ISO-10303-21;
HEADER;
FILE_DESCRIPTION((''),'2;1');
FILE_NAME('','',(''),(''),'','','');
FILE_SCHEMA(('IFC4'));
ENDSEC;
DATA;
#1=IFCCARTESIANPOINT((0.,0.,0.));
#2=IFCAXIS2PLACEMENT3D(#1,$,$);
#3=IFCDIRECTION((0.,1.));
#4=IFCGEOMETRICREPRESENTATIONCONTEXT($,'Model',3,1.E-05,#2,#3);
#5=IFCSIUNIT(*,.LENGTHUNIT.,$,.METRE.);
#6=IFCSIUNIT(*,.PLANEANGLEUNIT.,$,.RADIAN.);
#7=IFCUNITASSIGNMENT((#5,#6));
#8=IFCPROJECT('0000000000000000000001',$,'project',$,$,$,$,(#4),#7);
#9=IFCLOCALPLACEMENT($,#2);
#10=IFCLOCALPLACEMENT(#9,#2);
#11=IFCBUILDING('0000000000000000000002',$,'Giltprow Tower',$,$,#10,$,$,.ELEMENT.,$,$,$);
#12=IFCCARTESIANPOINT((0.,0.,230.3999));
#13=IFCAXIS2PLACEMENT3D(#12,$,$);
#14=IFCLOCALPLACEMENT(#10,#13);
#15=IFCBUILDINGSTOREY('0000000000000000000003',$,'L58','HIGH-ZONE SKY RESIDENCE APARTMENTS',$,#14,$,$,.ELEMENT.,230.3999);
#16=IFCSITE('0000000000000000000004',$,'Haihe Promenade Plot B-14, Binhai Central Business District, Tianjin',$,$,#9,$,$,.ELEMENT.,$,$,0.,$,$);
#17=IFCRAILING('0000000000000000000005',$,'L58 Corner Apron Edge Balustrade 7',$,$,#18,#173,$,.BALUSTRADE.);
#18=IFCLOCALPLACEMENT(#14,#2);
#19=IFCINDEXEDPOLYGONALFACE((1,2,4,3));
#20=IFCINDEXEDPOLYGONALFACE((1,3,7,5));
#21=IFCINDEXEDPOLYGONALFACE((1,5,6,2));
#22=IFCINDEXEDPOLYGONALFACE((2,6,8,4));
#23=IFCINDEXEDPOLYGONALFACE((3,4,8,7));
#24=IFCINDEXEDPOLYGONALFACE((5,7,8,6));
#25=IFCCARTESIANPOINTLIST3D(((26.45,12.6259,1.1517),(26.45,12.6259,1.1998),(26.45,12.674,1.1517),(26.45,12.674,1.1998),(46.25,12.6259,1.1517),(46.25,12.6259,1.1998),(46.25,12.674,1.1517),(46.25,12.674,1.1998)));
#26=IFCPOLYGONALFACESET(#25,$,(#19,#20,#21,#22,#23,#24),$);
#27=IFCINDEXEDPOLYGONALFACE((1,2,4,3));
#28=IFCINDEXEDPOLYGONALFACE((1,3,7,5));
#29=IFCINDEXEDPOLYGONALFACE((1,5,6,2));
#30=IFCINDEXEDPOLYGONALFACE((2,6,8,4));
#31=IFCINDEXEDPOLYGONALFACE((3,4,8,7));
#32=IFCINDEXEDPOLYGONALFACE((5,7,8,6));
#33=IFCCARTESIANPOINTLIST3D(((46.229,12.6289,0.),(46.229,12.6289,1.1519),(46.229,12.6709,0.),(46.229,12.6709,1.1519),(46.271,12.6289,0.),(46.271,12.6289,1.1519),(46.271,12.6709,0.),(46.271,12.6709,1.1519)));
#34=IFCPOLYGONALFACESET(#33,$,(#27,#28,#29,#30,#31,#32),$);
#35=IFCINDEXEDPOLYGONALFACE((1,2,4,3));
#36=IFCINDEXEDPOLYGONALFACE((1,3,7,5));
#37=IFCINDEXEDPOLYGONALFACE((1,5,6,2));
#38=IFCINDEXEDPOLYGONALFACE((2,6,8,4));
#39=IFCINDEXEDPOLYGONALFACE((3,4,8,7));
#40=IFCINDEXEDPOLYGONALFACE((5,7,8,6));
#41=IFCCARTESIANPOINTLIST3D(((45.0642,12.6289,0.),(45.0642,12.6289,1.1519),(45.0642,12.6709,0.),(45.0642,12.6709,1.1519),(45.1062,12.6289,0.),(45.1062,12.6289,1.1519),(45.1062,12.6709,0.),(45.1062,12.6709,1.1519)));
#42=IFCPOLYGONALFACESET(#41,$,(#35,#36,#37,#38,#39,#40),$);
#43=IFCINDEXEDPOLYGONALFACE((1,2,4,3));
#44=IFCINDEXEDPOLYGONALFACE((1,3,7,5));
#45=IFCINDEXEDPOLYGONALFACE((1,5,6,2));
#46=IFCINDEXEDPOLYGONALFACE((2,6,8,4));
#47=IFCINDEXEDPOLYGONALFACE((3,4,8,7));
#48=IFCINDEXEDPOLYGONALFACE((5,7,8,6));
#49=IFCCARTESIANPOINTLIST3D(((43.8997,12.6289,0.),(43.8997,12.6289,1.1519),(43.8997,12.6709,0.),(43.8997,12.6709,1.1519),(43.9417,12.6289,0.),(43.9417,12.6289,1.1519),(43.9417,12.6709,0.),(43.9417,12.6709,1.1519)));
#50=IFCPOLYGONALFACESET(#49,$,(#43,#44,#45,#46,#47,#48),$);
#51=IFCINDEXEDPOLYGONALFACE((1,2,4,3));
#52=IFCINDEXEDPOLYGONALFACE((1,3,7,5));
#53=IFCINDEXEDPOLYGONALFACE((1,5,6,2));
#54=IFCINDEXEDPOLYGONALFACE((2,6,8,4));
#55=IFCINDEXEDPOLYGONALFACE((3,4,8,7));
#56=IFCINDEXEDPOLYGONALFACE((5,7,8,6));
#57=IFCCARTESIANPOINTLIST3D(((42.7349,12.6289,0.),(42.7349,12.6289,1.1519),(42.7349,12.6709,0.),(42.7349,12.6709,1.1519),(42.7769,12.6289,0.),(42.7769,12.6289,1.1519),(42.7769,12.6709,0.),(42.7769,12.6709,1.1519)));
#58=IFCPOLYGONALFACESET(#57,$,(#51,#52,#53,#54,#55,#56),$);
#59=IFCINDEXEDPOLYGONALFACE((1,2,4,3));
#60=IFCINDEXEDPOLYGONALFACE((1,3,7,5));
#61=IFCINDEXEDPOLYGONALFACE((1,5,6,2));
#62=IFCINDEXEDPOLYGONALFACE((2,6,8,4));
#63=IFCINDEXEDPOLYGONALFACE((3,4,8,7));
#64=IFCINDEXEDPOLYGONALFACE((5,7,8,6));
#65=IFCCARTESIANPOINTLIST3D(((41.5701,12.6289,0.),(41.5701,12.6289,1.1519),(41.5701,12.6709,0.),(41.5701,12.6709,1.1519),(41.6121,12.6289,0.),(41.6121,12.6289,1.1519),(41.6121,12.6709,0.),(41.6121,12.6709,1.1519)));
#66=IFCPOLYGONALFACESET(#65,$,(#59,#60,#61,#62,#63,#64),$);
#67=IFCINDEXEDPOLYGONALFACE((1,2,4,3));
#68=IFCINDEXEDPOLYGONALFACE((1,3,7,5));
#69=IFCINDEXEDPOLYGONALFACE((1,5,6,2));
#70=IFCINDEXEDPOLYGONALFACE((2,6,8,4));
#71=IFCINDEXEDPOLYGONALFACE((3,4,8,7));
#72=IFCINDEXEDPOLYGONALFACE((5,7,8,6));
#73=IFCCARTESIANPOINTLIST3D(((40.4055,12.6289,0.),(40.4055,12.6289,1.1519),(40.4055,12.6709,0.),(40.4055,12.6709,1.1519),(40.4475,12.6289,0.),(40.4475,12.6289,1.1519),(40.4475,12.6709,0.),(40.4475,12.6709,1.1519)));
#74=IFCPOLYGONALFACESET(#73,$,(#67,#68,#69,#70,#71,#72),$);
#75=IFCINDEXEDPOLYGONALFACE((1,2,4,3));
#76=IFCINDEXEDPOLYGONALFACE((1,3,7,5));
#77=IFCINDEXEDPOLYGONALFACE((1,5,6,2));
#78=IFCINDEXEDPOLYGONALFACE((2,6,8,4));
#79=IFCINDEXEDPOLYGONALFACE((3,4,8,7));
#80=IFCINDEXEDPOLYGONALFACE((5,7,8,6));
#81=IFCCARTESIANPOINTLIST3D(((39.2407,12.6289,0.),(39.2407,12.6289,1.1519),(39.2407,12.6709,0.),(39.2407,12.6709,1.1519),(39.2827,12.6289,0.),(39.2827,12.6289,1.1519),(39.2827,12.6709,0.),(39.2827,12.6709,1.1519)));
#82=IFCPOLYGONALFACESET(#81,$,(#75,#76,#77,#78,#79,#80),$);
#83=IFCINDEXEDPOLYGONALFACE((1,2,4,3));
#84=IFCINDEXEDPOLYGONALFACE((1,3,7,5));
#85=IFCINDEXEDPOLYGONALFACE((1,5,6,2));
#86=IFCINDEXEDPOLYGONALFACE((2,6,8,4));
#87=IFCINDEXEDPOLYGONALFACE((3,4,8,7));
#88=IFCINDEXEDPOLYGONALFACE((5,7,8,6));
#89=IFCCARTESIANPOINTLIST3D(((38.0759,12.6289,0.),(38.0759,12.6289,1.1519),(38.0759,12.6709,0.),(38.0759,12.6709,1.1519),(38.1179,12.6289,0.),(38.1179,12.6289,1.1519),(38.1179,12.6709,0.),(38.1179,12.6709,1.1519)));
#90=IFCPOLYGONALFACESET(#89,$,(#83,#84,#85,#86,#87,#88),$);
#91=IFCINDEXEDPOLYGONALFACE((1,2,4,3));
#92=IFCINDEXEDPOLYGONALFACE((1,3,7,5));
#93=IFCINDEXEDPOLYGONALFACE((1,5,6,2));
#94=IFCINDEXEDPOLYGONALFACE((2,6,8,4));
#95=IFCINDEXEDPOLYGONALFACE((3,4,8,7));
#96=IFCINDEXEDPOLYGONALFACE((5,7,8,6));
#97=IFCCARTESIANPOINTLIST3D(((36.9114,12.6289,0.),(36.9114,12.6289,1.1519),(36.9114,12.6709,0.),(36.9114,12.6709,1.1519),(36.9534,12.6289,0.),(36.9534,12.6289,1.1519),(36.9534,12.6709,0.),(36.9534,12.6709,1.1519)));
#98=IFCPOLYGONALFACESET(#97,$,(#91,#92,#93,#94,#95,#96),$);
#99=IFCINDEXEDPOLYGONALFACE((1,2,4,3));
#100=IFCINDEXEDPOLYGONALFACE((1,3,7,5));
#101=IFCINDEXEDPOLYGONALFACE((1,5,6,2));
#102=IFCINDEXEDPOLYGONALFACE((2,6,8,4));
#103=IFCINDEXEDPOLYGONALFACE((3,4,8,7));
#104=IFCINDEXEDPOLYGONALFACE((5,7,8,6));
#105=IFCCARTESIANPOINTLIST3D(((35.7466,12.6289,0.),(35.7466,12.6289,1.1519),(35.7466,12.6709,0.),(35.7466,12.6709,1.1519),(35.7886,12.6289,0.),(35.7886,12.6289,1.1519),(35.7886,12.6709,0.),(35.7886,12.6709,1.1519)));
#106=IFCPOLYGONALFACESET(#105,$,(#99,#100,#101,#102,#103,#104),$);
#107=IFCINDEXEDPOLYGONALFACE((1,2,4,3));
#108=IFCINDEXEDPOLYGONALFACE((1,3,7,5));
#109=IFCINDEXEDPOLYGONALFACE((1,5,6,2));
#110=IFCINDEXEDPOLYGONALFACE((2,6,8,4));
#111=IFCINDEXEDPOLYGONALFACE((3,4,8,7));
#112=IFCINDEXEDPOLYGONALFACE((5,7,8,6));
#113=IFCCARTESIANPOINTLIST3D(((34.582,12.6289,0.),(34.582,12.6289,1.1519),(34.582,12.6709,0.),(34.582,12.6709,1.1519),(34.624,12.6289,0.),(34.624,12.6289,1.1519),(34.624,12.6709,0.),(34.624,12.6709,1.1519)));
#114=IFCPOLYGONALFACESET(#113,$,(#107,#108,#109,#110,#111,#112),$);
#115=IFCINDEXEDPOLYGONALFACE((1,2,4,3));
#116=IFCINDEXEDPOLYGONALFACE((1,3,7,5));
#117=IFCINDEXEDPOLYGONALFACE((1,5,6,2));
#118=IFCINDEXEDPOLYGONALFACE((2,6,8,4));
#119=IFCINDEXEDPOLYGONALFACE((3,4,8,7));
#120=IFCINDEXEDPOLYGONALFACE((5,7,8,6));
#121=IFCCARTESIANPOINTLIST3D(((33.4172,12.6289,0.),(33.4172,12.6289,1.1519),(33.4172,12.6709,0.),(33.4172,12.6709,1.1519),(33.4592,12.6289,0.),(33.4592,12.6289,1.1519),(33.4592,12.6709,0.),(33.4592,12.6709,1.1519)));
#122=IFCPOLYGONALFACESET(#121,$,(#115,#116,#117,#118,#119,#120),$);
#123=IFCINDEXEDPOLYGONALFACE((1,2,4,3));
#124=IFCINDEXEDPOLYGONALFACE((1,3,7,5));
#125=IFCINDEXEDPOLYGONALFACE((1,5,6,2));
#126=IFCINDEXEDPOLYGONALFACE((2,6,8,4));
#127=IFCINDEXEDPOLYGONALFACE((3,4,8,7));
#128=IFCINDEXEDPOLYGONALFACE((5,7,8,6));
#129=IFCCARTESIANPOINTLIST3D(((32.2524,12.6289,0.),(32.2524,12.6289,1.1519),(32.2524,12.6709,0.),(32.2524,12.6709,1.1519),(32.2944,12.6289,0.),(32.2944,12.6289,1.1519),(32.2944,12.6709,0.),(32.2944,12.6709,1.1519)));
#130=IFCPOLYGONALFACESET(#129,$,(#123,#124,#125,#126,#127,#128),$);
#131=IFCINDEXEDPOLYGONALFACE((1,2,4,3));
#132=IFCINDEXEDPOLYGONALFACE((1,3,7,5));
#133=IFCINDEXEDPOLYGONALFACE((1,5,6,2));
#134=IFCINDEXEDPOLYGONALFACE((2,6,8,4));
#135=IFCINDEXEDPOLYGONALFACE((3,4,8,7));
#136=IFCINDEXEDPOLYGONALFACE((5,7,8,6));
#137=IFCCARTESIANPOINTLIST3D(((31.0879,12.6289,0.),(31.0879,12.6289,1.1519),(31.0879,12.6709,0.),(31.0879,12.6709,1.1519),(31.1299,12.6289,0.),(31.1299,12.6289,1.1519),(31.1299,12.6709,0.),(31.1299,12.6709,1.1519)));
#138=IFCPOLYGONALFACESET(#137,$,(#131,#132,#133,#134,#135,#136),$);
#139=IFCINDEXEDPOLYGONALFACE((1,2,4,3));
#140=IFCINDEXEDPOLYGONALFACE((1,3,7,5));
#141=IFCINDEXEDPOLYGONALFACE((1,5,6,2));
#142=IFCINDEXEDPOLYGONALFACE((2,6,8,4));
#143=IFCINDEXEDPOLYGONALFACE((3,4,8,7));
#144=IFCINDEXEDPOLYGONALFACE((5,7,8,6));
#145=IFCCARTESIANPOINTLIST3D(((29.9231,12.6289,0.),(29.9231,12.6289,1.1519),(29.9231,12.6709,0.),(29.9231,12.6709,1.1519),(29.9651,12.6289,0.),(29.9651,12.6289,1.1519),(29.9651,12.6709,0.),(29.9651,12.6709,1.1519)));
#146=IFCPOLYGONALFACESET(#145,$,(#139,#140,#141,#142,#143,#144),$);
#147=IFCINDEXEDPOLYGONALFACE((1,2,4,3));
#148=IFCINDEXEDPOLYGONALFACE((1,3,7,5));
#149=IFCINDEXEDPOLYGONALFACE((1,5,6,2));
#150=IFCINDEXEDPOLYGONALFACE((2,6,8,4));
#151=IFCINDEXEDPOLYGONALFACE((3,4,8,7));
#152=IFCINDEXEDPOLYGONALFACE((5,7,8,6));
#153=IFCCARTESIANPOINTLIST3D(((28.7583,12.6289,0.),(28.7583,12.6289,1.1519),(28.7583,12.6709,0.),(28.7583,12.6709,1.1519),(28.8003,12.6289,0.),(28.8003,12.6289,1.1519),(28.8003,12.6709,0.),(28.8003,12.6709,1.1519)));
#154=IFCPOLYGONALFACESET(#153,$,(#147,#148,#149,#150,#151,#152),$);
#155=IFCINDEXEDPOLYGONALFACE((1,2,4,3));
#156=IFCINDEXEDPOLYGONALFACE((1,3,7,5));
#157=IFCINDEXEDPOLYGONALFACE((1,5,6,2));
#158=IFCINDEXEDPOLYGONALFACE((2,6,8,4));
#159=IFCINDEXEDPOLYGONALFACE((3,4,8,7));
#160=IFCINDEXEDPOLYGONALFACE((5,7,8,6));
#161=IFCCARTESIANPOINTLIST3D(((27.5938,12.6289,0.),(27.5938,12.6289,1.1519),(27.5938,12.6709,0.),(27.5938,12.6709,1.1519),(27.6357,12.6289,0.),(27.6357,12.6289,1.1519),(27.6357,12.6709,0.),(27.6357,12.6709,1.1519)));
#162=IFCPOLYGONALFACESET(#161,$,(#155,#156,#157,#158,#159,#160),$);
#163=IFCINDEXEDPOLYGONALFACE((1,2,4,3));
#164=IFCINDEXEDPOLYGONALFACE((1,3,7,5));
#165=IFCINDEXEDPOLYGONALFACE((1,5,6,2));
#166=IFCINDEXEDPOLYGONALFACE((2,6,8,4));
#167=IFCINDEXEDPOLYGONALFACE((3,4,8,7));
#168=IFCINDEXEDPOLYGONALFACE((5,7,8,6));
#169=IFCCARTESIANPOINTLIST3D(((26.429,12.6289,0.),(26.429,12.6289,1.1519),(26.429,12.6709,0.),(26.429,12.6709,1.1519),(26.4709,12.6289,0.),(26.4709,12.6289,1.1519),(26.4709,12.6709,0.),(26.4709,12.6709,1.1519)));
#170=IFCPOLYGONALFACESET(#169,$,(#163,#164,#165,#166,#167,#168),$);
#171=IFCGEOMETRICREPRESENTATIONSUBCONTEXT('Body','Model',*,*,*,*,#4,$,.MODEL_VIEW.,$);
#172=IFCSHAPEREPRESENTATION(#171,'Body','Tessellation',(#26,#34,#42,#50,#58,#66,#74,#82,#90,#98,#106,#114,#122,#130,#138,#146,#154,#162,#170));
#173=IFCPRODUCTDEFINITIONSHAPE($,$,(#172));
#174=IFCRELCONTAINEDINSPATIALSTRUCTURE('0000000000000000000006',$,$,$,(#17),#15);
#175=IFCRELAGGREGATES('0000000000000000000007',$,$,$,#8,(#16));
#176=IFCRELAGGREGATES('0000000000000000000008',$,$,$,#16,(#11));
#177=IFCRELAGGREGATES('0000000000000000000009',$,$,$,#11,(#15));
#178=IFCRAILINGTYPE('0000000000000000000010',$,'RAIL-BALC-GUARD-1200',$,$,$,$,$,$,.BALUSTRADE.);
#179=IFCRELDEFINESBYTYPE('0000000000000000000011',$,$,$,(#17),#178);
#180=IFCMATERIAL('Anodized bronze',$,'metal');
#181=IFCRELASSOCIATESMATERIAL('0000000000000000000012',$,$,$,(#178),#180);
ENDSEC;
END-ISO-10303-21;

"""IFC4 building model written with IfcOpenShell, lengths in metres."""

from ifc_helpers import new_model, si_unit, direction, frame, origin, origin_2d, place, context, subcontext, project, spatial, rectangle, extrude, material, type_object, element, save


model = new_model("IFC4")

# Units and contexts
model_context = context("Model", 3, precision=1e-05, world=origin(), true_north=direction((0.0, 1.0)))
body_context = subcontext(model_context, "Body", "Model", "MODEL_VIEW")
ifc_project = project(units=[si_unit("LENGTHUNIT", "METRE"), si_unit("PLANEANGLEUNIT", "RADIAN")], contexts=[model_context])

# Site, building, storey
site_placement = place(None, origin())
site = spatial("IfcSite", under=ifc_project, at=site_placement, Name="Haihe Promenade Plot B-14, Binhai Central Business District, Tianjin", CompositionType="ELEMENT", RefElevation=0.0)
building_placement = place(site_placement, origin())
building = spatial("IfcBuilding", under=site, at=building_placement, Name="Giltprow Tower", CompositionType="ELEMENT")
storey_placement = place(building_placement, frame((0.0, 0.0, 230.3999)))
storey = spatial("IfcBuildingStorey", under=building, at=storey_placement, Name="L58", Description="HIGH-ZONE SKY RESIDENCE APARTMENTS", CompositionType="ELEMENT", Elevation=230.3999)

# Railing
ifc_material_1 = material(Name="Anodized bronze", Category="metal")
railing_type = type_object("IfcRailingType", Name="RAIL-BALC-GUARD-1200", PredefinedType="BALUSTRADE", material=ifc_material_1)
railing_1_placement = place(storey_placement, frame((46.25, 12.6499, 0.0)))
element("IfcRailing", 1, at=railing_1_placement, inside=storey, type_object=railing_type, Name="L58 Corner Apron Edge Balustrade 7", PredefinedType="BALUSTRADE", context=body_context, shape_type="SweptSolid", body=[
    extrude(rectangle(XDim=0.0481, YDim=0.0481, at=origin_2d()), frame((0.0, 0.0, 1.1758), z_axis=(-1.0, 0.0, 0.0), x_axis=(0.0, -1.0, 0.0)), (0.0, 0.0, 1.0), 19.8),
    extrude(rectangle(XDim=0.042, YDim=0.042, at=origin_2d()), origin(), (0.0, 0.0, 1.0), 1.1519),
    extrude(rectangle(XDim=0.042, YDim=0.042, at=origin_2d()), frame((-1.1648, 0.0, 0.0)), (0.0, 0.0, 1.0), 1.1519),
    extrude(rectangle(XDim=0.042, YDim=0.042, at=origin_2d()), frame((-2.3293, 0.0, 0.0)), (0.0, 0.0, 1.0), 1.1519),
    extrude(rectangle(XDim=0.042, YDim=0.042, at=origin_2d()), frame((-3.4941, 0.0, 0.0)), (0.0, 0.0, 1.0), 1.1519),
    extrude(rectangle(XDim=0.042, YDim=0.042, at=origin_2d()), frame((-4.6589, 0.0, 0.0)), (0.0, 0.0, 1.0), 1.1519),
    extrude(rectangle(XDim=0.042, YDim=0.042, at=origin_2d()), frame((-5.8235, 0.0, 0.0)), (0.0, 0.0, 1.0), 1.1519),
    extrude(rectangle(XDim=0.042, YDim=0.042, at=origin_2d()), frame((-6.9883, 0.0, 0.0)), (0.0, 0.0, 1.0), 1.1519),
    extrude(rectangle(XDim=0.042, YDim=0.042, at=origin_2d()), frame((-8.1531, 0.0, 0.0)), (0.0, 0.0, 1.0), 1.1519),
    extrude(rectangle(XDim=0.042, YDim=0.042, at=origin_2d()), frame((-9.3176, 0.0, 0.0)), (0.0, 0.0, 1.0), 1.1519),
    extrude(rectangle(XDim=0.042, YDim=0.042, at=origin_2d()), frame((-10.4824, 0.0, 0.0)), (0.0, 0.0, 1.0), 1.1519),
    extrude(rectangle(XDim=0.042, YDim=0.042, at=origin_2d()), frame((-11.647, 0.0, 0.0)), (0.0, 0.0, 1.0), 1.1519),
    extrude(rectangle(XDim=0.042, YDim=0.042, at=origin_2d()), frame((-12.8118, 0.0, 0.0)), (0.0, 0.0, 1.0), 1.1519),
    extrude(rectangle(XDim=0.042, YDim=0.042, at=origin_2d()), frame((-13.9766, 0.0, 0.0)), (0.0, 0.0, 1.0), 1.1519),
    extrude(rectangle(XDim=0.042, YDim=0.042, at=origin_2d()), frame((-15.1411, 0.0, 0.0)), (0.0, 0.0, 1.0), 1.1519),
    extrude(rectangle(XDim=0.042, YDim=0.042, at=origin_2d()), frame((-16.3059, 0.0, 0.0)), (0.0, 0.0, 1.0), 1.1519),
    extrude(rectangle(XDim=0.042, YDim=0.042, at=origin_2d()), frame((-17.4707, 0.0, 0.0)), (0.0, 0.0, 1.0), 1.1519),
    extrude(rectangle(XDim=0.042, YDim=0.042, at=origin_2d()), frame((-18.6353, 0.0, 0.0)), (0.0, 0.0, 1.0), 1.1519),
    extrude(rectangle(XDim=0.042, YDim=0.042, at=origin_2d()), frame((-19.8, 0.0, 0.0)), (0.0, 0.0, 1.0), 1.1519),
])

save(model, "model.ifc")
